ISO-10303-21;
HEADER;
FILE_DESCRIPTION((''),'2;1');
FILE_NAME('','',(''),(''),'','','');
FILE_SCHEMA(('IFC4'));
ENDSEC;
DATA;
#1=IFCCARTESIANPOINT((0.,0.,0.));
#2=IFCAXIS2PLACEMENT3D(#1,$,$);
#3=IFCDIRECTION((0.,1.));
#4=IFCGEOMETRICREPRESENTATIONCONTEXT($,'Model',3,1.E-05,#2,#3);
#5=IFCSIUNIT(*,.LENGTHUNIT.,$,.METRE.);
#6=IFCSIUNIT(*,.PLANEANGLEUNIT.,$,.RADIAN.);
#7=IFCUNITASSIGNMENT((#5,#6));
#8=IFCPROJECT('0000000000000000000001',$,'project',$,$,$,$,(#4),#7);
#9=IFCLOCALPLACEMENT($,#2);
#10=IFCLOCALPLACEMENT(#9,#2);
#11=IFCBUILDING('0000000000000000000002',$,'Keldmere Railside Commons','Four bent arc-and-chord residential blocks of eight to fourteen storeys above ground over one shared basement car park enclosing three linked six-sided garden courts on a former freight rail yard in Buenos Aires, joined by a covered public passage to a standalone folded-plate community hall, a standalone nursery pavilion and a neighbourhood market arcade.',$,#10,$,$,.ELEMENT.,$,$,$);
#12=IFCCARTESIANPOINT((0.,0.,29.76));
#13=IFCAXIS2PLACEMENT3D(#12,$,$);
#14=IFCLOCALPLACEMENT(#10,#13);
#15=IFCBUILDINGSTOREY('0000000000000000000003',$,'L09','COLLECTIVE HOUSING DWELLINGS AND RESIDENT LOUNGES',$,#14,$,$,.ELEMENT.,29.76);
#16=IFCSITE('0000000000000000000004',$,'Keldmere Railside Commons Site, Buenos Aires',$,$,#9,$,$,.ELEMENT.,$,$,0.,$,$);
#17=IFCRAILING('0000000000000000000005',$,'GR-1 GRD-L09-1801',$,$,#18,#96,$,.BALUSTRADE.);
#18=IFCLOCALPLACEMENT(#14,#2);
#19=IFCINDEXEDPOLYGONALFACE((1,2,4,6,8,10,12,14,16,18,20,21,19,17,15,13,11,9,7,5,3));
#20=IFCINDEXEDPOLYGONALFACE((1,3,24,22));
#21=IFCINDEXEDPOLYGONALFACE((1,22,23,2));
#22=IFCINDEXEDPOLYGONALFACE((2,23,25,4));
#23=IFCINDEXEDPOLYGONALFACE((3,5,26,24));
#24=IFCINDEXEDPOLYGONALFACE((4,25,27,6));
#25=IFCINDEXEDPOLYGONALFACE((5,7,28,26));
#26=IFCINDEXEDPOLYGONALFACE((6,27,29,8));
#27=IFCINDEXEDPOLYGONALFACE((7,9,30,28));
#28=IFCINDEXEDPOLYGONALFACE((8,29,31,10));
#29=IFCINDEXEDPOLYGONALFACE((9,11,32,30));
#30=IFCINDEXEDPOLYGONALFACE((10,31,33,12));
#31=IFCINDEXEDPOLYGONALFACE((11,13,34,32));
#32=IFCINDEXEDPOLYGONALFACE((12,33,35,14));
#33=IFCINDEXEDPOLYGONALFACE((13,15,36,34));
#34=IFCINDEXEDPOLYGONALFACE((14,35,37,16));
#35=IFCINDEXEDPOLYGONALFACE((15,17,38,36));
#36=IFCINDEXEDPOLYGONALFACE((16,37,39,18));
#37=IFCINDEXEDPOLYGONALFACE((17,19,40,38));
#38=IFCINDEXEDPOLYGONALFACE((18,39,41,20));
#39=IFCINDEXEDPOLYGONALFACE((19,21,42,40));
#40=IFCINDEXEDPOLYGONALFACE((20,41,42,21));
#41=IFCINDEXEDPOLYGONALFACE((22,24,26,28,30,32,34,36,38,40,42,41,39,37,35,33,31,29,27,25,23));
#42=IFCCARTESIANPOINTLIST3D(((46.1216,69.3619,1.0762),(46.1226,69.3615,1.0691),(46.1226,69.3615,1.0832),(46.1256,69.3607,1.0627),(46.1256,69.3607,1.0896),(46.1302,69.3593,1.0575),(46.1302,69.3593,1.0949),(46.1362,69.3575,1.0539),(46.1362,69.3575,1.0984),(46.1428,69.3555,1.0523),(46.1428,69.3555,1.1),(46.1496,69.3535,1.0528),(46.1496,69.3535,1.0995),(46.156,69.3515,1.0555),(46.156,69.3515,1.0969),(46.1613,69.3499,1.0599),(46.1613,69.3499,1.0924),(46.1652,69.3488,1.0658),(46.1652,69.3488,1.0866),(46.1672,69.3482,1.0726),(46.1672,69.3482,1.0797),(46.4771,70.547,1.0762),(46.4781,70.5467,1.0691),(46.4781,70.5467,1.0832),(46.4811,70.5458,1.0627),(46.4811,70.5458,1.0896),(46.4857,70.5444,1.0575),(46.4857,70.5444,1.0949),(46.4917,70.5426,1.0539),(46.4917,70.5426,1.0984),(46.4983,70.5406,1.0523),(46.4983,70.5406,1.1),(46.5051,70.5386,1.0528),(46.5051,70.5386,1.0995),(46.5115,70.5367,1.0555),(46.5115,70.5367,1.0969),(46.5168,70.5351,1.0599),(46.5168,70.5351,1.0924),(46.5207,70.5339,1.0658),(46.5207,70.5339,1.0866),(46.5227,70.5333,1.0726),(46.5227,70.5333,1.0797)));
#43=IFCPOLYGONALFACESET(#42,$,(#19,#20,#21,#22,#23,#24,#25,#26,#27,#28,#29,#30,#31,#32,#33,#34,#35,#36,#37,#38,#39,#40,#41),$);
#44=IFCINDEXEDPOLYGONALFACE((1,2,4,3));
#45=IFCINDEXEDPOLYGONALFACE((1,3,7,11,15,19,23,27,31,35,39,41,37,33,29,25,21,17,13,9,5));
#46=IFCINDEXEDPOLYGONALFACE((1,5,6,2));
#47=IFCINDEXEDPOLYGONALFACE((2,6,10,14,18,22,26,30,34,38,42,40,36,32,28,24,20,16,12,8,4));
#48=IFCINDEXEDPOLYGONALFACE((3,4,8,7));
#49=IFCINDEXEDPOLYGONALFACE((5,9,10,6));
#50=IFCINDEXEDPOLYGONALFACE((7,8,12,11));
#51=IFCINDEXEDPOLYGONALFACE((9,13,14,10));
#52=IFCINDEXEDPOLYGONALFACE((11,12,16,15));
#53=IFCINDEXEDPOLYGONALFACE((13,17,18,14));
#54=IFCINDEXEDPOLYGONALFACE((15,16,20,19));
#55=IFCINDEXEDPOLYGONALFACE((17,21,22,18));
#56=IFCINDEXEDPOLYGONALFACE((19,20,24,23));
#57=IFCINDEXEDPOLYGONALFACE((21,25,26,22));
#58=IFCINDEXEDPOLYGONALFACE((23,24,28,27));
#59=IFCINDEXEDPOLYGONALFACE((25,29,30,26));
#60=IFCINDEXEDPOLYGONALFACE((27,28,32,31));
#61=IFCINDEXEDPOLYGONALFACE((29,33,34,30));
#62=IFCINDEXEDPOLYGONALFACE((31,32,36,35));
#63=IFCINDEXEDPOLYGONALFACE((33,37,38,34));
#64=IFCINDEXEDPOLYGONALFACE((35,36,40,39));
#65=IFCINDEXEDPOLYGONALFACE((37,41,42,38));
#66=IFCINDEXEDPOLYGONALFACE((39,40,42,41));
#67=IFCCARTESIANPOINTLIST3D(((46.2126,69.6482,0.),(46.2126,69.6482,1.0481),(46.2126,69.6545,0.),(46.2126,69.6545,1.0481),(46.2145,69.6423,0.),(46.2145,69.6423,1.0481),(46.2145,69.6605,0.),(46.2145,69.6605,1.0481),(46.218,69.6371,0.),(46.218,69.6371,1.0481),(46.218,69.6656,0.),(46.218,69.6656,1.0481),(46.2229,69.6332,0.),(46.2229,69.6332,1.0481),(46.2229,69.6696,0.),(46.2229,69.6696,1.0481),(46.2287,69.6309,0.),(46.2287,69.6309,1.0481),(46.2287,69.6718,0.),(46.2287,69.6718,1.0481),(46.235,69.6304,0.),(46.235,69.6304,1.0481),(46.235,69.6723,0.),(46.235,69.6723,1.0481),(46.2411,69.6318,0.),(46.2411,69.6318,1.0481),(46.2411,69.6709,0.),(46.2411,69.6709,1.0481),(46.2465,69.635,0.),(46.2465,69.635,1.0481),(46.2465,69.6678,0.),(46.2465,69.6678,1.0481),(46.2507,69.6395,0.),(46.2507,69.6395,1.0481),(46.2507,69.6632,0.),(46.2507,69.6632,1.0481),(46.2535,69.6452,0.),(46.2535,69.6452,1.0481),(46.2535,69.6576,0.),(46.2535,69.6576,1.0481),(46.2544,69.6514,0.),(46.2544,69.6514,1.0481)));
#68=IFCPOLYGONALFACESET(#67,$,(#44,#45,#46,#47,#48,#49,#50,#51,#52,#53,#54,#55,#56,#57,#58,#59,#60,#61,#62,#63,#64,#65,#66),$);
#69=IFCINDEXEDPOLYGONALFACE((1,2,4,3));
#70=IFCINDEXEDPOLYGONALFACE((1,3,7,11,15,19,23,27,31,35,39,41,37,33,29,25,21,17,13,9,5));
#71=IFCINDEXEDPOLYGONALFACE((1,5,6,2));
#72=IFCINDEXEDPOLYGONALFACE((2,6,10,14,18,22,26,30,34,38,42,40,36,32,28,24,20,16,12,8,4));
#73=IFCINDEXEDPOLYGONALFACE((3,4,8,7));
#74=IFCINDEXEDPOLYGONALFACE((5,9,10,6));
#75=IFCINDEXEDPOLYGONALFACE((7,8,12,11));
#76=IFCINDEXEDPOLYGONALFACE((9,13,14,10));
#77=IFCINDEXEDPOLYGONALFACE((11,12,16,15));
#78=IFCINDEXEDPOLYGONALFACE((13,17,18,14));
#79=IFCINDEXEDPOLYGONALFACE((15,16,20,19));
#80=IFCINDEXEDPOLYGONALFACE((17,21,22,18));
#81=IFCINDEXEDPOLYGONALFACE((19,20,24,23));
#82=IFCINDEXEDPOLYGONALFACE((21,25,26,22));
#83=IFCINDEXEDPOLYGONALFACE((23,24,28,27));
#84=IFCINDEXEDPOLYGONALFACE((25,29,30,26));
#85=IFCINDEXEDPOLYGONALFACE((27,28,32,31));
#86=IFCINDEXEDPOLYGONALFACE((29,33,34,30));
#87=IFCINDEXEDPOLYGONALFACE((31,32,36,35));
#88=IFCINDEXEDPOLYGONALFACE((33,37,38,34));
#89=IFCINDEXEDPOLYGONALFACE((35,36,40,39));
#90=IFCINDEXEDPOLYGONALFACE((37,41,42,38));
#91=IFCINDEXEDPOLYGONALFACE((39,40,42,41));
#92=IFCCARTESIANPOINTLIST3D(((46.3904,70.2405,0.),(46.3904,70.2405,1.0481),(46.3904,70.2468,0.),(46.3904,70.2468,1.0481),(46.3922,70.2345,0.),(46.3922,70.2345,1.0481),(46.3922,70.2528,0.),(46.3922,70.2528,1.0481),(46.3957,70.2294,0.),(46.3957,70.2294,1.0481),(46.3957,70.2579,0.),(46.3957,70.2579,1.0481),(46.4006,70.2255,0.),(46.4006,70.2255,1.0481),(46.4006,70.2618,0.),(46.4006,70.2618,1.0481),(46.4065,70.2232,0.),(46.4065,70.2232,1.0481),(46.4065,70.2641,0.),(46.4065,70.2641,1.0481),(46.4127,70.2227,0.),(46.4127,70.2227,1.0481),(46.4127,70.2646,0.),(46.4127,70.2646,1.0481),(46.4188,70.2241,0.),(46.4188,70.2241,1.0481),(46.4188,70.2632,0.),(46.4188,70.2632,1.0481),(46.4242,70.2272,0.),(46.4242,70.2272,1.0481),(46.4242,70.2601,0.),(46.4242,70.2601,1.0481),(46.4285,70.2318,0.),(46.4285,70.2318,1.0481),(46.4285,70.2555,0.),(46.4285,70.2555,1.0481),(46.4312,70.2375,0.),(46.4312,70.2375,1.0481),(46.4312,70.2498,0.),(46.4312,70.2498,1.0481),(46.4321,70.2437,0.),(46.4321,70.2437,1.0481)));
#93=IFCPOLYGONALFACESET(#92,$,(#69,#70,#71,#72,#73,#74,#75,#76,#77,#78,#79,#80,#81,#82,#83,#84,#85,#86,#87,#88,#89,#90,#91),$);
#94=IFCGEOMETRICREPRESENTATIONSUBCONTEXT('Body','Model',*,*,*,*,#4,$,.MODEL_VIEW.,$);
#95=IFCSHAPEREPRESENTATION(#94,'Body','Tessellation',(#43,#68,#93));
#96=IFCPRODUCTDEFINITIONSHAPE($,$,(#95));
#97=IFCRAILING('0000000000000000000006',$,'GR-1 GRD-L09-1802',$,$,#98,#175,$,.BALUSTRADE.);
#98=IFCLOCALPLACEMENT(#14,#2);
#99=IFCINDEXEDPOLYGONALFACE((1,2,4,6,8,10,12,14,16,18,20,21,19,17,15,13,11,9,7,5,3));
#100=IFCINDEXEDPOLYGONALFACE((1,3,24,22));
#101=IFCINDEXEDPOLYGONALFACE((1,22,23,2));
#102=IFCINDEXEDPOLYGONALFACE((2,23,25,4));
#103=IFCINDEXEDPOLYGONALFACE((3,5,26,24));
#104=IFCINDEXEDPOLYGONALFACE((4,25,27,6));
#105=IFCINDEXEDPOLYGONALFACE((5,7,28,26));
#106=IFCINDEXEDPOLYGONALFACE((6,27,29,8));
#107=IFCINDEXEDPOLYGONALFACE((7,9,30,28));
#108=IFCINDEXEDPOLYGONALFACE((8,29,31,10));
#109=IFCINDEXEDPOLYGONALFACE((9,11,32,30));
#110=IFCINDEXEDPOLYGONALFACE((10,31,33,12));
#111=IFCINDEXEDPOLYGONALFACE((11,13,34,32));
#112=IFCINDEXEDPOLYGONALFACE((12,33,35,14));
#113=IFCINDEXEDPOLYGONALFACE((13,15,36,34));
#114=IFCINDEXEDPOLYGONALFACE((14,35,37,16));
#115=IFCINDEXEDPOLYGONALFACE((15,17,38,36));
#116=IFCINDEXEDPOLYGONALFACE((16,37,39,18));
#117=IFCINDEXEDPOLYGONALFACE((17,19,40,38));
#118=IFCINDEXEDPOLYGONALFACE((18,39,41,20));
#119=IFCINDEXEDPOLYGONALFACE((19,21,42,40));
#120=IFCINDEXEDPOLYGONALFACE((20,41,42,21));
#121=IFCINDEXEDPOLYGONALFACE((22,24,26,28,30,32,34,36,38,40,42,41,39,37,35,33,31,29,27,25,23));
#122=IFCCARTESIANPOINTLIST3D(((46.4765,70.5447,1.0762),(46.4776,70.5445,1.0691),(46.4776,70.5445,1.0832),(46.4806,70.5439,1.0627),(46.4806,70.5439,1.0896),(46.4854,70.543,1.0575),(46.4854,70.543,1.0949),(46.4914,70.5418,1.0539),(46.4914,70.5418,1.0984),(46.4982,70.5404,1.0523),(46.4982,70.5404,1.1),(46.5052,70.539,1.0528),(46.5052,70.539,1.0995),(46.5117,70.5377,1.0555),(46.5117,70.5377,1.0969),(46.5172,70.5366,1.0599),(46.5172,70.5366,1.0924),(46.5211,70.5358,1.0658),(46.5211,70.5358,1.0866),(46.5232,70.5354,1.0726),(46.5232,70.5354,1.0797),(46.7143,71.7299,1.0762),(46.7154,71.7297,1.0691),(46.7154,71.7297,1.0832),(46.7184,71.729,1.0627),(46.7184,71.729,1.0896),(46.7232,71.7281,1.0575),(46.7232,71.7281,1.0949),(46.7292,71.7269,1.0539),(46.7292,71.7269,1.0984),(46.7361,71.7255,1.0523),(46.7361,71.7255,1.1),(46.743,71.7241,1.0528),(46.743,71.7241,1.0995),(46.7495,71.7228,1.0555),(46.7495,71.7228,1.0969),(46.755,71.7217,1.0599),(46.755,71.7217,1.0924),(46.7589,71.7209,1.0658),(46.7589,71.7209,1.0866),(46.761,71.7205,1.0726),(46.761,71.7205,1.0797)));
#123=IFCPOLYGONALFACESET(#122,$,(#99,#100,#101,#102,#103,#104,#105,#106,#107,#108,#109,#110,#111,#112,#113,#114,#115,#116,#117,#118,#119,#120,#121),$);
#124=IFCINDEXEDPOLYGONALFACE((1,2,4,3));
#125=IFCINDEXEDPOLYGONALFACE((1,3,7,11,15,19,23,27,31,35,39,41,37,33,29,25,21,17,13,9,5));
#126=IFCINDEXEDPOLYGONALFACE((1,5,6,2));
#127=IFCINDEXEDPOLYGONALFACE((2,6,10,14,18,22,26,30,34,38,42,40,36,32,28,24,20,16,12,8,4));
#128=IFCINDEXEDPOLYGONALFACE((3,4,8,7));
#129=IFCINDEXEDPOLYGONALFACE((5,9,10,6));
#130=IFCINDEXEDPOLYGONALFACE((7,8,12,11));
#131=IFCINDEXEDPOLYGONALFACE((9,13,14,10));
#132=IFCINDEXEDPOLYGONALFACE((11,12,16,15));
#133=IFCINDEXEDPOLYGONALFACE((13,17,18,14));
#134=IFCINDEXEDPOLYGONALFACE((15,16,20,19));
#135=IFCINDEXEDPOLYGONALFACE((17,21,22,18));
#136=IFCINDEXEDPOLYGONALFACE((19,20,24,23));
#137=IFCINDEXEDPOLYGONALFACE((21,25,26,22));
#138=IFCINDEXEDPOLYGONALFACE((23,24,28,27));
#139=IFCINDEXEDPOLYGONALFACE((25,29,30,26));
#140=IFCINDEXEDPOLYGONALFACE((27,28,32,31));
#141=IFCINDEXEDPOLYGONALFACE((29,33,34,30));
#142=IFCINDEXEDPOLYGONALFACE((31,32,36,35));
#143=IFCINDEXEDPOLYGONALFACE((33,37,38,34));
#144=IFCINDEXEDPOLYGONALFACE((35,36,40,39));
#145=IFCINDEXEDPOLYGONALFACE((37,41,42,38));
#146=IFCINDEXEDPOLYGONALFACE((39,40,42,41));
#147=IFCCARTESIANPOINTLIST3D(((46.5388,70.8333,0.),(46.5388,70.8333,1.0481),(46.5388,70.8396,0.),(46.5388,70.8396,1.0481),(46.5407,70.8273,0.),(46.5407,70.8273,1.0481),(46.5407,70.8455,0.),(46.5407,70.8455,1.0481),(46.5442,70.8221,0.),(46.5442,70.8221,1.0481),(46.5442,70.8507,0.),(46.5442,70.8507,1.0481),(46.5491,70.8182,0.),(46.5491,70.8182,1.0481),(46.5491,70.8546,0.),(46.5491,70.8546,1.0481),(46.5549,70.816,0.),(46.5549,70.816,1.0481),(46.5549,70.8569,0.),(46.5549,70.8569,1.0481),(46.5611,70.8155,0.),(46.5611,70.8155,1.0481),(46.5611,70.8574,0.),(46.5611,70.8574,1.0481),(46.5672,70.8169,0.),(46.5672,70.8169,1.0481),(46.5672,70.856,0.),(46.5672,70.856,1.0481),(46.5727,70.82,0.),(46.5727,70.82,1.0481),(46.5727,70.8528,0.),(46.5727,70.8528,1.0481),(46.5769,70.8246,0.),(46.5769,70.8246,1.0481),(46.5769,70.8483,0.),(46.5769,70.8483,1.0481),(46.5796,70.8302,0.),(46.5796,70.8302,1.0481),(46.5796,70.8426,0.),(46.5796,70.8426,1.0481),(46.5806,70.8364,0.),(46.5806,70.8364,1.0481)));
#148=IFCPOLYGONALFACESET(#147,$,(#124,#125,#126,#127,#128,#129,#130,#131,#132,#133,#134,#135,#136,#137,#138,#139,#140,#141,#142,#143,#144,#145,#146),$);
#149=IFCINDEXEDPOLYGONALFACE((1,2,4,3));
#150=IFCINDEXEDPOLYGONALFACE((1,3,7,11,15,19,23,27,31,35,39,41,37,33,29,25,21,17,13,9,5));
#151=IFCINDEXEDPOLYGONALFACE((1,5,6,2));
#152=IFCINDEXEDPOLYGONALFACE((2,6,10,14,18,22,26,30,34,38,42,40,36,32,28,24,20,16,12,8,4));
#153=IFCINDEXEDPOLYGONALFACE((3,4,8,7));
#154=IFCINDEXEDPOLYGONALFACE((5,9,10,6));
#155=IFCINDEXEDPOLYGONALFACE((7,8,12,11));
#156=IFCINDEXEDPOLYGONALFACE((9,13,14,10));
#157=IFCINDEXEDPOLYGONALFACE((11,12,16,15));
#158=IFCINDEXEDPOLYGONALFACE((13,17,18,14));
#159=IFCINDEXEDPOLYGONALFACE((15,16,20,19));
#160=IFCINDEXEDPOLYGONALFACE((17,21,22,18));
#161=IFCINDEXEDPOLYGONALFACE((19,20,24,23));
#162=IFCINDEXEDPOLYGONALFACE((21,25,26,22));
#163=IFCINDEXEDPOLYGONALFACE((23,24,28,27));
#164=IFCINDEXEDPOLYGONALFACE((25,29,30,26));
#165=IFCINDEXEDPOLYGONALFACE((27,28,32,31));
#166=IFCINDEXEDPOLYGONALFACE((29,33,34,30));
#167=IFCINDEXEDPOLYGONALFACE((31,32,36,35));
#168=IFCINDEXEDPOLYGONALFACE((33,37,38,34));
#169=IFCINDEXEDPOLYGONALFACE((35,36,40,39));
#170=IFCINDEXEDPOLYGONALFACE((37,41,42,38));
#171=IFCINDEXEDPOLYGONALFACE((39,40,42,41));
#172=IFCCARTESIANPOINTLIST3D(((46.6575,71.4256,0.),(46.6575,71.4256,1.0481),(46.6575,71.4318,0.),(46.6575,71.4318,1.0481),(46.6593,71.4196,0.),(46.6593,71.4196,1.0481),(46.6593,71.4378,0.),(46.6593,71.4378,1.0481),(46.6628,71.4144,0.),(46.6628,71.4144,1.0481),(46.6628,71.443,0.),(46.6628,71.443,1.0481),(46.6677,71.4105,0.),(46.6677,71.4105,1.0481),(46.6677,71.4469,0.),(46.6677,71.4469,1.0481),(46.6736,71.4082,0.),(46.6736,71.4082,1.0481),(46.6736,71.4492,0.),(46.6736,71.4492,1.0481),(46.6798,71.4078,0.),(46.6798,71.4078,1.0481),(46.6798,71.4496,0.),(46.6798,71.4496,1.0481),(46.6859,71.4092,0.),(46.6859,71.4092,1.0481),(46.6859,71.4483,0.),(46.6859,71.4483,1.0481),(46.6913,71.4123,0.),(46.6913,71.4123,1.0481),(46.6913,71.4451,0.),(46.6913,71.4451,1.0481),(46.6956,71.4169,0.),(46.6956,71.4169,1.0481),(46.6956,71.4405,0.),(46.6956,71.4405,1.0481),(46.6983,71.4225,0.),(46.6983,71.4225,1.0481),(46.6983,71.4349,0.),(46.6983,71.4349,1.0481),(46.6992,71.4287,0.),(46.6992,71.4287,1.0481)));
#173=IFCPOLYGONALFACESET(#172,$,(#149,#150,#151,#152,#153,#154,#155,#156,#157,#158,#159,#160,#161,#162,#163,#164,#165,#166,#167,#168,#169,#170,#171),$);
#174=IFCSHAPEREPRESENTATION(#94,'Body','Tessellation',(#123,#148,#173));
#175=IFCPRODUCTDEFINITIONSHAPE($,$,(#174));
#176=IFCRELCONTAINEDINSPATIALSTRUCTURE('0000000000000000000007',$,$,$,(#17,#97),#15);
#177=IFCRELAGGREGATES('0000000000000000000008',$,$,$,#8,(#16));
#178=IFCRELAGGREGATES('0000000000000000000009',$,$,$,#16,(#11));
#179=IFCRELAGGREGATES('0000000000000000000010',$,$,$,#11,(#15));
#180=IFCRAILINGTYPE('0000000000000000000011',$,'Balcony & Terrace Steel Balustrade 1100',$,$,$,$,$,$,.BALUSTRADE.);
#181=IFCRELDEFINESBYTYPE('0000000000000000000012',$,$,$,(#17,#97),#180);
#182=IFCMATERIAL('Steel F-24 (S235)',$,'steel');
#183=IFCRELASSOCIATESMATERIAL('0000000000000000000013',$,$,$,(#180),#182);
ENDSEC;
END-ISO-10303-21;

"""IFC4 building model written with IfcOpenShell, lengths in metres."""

from ifc_helpers import new_model, si_unit, direction, frame, origin, origin_2d, place, context, subcontext, project, spatial, circle, extrude, material, type_object, element, save


model = new_model("IFC4")

# Units and contexts
model_context = context("Model", 3, precision=1e-05, world=origin(), true_north=direction((0.0, 1.0)))
body_context = subcontext(model_context, "Body", "Model", "MODEL_VIEW")
ifc_project = project(units=[si_unit("LENGTHUNIT", "METRE"), si_unit("PLANEANGLEUNIT", "RADIAN")], contexts=[model_context])

# Site, building, storey
site_placement = place(None, origin())
site = spatial("IfcSite", under=ifc_project, at=site_placement, Name="Keldmere Railside Commons Site, Buenos Aires", CompositionType="ELEMENT", RefElevation=0.0)
building_placement = place(site_placement, origin())
building = spatial("IfcBuilding", under=site, at=building_placement, Name="Keldmere Railside Commons", Description="Four bent arc-and-chord residential blocks of eight to fourteen storeys above ground over one shared basement car park enclosing three linked six-sided garden courts on a former freight rail yard in Buenos Aires, joined by a covered public passage to a standalone folded-plate community hall, a standalone nursery pavilion and a neighbourhood market arcade.", CompositionType="ELEMENT")
storey_placement = place(building_placement, frame((0.0, 0.0, 29.76)))
storey = spatial("IfcBuildingStorey", under=building, at=storey_placement, Name="L09", Description="COLLECTIVE HOUSING DWELLINGS AND RESIDENT LOUNGES", CompositionType="ELEMENT", Elevation=29.76)

# Railings
ifc_material_1 = material(Name="Steel F-24 (S235)", Category="steel")
railing_type_1 = type_object("IfcRailingType", Name="Balcony & Terrace Steel Balustrade 1100", PredefinedType="BALUSTRADE", material=ifc_material_1)
railing_1_placement = place(storey_placement, frame((46.1445, 69.355, 0.0)))
element("IfcRailing", 1, at=railing_1_placement, inside=storey, type_object=railing_type_1, Name="GR-1 GRD-L09-1801", PredefinedType="BALUSTRADE", context=body_context, shape_type="SweptSolid", body=[
    extrude(circle(Radius=0.0239, at=origin_2d()), frame((0.0, 0.0, 1.0762), z_axis=(0.287312, 0.957837, 0.0), x_axis=(-0.957837, 0.287312, 0.0)), (0.0, 0.0, 1.0), 1.2373),
    extrude(circle(Radius=0.021, at=origin_2d()), frame((0.0889, 0.2964, 0.0)), (0.0, 0.0, 1.0), 1.0481),
    extrude(circle(Radius=0.021, at=origin_2d()), frame((0.2666, 0.8887, 0.0)), (0.0, 0.0, 1.0), 1.0481),
])
railing_2_placement = place(storey_placement, frame((46.5, 70.54, 0.0)))
element("IfcRailing", 2, at=railing_2_placement, inside=storey, type_object=railing_type_1, Name="GR-1 GRD-L09-1802", PredefinedType="BALUSTRADE", context=body_context, shape_type="SweptSolid", body=[
    extrude(circle(Radius=0.0239, at=origin_2d()), frame((0.0, 0.0, 1.0762), z_axis=(0.196738, 0.980456, 0.0), x_axis=(-0.980456, 0.196738, 0.0)), (0.0, 0.0, 1.0), 1.2087),
    extrude(circle(Radius=0.021, at=origin_2d()), frame((0.0596, 0.2964, 0.0)), (0.0, 0.0, 1.0), 1.0481),
    extrude(circle(Radius=0.021, at=origin_2d()), frame((0.1782, 0.8887, 0.0)), (0.0, 0.0, 1.0), 1.0481),
])

save(model, "model.ifc")
